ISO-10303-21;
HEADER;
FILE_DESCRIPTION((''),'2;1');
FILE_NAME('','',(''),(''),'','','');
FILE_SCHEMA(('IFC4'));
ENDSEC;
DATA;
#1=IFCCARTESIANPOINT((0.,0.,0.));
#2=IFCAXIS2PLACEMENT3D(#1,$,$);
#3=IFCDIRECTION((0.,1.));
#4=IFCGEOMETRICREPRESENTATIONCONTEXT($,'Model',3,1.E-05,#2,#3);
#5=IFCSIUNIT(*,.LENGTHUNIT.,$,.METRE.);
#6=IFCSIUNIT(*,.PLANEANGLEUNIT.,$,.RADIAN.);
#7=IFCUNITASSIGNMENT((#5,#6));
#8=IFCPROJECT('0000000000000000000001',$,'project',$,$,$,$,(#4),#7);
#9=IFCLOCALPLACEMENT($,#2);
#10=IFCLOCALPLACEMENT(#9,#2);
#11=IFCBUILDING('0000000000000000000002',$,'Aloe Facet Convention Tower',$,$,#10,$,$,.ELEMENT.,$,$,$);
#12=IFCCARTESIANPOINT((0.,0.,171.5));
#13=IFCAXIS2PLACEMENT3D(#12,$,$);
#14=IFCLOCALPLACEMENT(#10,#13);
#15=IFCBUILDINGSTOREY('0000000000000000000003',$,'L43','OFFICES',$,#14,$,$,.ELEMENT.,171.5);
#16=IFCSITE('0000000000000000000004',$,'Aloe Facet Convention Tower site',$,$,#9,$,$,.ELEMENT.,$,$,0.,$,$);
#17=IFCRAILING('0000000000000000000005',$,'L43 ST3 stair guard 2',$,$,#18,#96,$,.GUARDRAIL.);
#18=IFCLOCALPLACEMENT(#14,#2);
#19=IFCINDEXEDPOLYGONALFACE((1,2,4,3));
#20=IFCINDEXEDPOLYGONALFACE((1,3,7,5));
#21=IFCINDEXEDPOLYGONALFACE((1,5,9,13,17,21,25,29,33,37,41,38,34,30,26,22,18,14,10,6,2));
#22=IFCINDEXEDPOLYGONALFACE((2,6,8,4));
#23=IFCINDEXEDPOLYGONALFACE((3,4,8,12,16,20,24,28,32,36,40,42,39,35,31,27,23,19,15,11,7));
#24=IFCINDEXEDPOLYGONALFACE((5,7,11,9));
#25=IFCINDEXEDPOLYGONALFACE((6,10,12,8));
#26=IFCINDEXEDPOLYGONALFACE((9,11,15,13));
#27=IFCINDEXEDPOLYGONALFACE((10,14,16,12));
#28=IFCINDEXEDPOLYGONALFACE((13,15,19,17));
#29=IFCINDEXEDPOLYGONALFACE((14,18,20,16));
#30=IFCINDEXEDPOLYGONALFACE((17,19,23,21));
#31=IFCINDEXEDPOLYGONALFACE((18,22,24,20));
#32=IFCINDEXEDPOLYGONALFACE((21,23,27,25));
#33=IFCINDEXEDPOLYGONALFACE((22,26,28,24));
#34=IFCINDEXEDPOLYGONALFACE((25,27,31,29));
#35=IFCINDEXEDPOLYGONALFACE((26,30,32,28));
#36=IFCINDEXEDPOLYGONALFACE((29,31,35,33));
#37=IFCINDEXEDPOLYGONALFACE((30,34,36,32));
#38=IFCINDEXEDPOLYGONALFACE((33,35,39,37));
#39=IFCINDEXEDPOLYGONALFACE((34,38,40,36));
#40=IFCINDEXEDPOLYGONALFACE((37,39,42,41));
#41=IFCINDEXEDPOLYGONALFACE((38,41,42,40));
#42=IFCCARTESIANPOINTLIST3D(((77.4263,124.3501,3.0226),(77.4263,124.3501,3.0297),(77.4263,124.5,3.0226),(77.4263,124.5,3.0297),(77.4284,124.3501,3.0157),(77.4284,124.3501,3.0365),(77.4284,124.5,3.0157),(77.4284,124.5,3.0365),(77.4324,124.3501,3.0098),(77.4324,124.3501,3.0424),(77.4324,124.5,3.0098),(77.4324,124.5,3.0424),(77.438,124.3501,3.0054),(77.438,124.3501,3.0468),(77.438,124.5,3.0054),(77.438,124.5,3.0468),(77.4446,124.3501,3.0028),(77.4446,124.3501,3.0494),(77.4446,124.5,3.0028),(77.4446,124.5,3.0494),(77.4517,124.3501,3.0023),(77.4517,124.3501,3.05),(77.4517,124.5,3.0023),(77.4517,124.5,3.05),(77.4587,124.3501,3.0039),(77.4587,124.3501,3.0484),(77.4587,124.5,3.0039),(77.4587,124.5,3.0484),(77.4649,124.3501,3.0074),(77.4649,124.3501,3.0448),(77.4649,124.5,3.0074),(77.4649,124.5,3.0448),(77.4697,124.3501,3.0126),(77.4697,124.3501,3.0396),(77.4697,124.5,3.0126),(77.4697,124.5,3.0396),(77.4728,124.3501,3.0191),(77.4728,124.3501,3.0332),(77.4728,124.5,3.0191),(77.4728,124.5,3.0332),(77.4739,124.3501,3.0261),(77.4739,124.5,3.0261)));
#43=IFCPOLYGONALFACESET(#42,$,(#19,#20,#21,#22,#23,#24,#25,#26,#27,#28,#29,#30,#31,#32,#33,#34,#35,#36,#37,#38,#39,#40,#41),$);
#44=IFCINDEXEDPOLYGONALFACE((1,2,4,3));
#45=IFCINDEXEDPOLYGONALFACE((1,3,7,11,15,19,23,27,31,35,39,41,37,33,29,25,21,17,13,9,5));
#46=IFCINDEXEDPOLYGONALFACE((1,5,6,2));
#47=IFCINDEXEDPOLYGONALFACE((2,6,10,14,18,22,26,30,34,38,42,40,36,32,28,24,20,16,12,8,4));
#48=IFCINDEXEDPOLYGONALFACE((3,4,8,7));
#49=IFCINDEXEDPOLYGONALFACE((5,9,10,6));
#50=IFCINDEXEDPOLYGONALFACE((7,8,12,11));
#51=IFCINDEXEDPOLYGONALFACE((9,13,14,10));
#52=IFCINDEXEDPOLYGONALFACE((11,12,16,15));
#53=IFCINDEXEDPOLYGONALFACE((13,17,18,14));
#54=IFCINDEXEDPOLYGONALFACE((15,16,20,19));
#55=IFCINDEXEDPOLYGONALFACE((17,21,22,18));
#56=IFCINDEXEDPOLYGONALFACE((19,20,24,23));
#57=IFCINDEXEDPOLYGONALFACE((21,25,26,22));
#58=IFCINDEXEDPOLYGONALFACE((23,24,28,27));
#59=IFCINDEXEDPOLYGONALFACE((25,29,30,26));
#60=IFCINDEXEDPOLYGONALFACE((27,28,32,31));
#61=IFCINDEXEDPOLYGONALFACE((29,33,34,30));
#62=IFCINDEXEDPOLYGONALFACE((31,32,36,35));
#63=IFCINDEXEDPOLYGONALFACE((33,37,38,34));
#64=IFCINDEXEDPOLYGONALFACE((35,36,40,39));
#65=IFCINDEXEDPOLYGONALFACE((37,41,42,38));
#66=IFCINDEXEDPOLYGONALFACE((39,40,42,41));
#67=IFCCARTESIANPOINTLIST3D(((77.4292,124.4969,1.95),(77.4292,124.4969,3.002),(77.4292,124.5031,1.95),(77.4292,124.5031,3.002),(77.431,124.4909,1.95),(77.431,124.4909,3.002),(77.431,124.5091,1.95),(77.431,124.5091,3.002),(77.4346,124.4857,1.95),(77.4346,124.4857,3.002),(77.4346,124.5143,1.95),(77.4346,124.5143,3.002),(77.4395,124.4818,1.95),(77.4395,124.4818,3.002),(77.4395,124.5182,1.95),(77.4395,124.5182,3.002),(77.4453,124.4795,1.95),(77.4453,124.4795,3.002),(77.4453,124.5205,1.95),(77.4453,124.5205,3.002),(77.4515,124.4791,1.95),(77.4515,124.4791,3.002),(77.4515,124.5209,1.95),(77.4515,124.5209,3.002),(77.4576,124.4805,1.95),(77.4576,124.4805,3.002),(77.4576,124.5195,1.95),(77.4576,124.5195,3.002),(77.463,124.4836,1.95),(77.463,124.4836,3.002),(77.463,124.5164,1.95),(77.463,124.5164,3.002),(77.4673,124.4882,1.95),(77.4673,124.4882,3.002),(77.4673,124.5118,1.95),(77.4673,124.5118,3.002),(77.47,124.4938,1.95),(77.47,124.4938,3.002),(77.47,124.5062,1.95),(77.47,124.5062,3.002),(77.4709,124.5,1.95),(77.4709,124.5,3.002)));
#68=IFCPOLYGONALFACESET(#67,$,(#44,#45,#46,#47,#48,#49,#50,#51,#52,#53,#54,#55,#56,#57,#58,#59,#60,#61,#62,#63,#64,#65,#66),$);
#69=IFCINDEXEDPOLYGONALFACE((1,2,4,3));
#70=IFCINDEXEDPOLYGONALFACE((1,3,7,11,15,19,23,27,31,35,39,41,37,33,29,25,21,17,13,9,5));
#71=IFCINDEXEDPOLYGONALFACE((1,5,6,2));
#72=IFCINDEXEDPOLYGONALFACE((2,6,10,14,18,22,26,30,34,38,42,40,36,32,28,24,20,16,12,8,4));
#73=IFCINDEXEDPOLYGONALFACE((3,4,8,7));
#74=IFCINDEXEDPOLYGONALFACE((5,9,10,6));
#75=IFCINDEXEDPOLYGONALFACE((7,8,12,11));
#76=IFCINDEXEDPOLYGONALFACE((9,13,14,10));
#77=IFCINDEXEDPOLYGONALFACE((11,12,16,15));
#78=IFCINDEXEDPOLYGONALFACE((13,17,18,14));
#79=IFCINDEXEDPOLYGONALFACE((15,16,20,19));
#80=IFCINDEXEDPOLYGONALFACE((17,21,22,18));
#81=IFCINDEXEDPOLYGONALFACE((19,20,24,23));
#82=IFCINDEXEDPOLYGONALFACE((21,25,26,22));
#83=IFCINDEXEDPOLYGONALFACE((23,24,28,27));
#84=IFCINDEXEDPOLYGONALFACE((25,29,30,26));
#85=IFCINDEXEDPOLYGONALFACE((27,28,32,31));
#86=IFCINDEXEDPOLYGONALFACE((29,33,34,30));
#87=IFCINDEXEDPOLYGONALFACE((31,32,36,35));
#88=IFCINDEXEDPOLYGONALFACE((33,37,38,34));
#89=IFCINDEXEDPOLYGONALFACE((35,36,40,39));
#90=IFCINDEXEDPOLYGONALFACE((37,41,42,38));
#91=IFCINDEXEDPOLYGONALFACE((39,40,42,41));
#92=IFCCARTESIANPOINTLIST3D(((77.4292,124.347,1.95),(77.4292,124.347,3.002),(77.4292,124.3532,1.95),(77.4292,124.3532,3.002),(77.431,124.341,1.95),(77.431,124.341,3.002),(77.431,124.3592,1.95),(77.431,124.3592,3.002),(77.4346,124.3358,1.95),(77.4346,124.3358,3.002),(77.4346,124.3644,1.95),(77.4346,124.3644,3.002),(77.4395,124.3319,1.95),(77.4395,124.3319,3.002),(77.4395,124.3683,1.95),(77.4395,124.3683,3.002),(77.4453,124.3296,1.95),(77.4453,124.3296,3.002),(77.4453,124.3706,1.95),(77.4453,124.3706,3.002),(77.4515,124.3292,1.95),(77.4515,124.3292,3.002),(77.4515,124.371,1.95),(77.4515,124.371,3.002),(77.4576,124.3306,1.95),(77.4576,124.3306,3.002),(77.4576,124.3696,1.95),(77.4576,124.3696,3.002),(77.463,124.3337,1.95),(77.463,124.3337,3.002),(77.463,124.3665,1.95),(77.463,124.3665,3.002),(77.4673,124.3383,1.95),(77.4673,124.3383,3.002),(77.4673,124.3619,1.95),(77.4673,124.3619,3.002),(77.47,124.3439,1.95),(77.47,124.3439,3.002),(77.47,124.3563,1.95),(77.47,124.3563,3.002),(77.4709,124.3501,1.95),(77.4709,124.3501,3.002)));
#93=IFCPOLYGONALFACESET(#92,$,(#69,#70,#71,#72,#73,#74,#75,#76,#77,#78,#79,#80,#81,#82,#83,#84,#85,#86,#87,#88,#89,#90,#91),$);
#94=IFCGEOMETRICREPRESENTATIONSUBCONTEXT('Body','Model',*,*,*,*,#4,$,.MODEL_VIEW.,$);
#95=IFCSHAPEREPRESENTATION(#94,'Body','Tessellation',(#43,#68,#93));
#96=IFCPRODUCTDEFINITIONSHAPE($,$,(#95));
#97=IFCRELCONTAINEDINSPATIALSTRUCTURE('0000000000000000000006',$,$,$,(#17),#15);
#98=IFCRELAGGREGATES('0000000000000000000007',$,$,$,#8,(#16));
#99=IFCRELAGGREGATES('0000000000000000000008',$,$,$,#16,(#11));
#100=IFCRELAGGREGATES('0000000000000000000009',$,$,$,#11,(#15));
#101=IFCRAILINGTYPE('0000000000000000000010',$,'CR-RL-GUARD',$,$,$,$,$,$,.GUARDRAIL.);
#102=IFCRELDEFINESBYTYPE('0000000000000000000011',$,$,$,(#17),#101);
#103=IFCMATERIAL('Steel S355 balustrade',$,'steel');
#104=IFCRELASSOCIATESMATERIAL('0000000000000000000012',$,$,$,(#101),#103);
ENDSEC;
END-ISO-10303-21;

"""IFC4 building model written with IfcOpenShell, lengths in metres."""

from ifc_helpers import new_model, si_unit, direction, frame, origin, origin_2d, place, context, subcontext, project, spatial, circle, extrude, material, type_object, element, save


model = new_model("IFC4")

# Units and contexts
model_context = context("Model", 3, precision=1e-05, world=origin(), true_north=direction((0.0, 1.0)))
body_context = subcontext(model_context, "Body", "Model", "MODEL_VIEW")
ifc_project = project(units=[si_unit("LENGTHUNIT", "METRE"), si_unit("PLANEANGLEUNIT", "RADIAN")], contexts=[model_context])

# Site, building, storey
site_placement = place(None, origin())
site = spatial("IfcSite", under=ifc_project, at=site_placement, Name="Aloe Facet Convention Tower site", CompositionType="ELEMENT", RefElevation=0.0)
building_placement = place(site_placement, origin())
building = spatial("IfcBuilding", under=site, at=building_placement, Name="Aloe Facet Convention Tower", CompositionType="ELEMENT")
storey_placement = place(building_placement, frame((0.0, 0.0, 171.5)))
storey = spatial("IfcBuildingStorey", under=building, at=storey_placement, Name="L43", Description="OFFICES", CompositionType="ELEMENT", Elevation=171.5)

# Railing
ifc_material_1 = material(Name="Steel S355 balustrade", Category="steel")
railing_type_1 = type_object("IfcRailingType", Name="CR-RL-GUARD", PredefinedType="GUARDRAIL", material=ifc_material_1)
railing_1_placement = place(storey_placement, frame((77.45, 124.5, 1.95)))
element("IfcRailing", 1, at=railing_1_placement, inside=storey, type_object=railing_type_1, Name="L43 ST3 stair guard 2", PredefinedType="GUARDRAIL", context=body_context, shape_type="SweptSolid", body=[
    extrude(circle(Radius=0.0239, at=origin_2d()), frame((0.0, 0.0, 1.0762), z_axis=(0.0, -1.0, 0.0), x_axis=(1.0, 0.0, 0.0)), (0.0, 0.0, 1.0), 0.1499),
    extrude(circle(Radius=0.021, at=origin_2d()), origin(), (0.0, 0.0, 1.0), 1.052),
    extrude(circle(Radius=0.021, at=origin_2d()), frame((0.0, -0.1499, 0.0)), (0.0, 0.0, 1.0), 1.052),
])

save(model, "model.ifc")
